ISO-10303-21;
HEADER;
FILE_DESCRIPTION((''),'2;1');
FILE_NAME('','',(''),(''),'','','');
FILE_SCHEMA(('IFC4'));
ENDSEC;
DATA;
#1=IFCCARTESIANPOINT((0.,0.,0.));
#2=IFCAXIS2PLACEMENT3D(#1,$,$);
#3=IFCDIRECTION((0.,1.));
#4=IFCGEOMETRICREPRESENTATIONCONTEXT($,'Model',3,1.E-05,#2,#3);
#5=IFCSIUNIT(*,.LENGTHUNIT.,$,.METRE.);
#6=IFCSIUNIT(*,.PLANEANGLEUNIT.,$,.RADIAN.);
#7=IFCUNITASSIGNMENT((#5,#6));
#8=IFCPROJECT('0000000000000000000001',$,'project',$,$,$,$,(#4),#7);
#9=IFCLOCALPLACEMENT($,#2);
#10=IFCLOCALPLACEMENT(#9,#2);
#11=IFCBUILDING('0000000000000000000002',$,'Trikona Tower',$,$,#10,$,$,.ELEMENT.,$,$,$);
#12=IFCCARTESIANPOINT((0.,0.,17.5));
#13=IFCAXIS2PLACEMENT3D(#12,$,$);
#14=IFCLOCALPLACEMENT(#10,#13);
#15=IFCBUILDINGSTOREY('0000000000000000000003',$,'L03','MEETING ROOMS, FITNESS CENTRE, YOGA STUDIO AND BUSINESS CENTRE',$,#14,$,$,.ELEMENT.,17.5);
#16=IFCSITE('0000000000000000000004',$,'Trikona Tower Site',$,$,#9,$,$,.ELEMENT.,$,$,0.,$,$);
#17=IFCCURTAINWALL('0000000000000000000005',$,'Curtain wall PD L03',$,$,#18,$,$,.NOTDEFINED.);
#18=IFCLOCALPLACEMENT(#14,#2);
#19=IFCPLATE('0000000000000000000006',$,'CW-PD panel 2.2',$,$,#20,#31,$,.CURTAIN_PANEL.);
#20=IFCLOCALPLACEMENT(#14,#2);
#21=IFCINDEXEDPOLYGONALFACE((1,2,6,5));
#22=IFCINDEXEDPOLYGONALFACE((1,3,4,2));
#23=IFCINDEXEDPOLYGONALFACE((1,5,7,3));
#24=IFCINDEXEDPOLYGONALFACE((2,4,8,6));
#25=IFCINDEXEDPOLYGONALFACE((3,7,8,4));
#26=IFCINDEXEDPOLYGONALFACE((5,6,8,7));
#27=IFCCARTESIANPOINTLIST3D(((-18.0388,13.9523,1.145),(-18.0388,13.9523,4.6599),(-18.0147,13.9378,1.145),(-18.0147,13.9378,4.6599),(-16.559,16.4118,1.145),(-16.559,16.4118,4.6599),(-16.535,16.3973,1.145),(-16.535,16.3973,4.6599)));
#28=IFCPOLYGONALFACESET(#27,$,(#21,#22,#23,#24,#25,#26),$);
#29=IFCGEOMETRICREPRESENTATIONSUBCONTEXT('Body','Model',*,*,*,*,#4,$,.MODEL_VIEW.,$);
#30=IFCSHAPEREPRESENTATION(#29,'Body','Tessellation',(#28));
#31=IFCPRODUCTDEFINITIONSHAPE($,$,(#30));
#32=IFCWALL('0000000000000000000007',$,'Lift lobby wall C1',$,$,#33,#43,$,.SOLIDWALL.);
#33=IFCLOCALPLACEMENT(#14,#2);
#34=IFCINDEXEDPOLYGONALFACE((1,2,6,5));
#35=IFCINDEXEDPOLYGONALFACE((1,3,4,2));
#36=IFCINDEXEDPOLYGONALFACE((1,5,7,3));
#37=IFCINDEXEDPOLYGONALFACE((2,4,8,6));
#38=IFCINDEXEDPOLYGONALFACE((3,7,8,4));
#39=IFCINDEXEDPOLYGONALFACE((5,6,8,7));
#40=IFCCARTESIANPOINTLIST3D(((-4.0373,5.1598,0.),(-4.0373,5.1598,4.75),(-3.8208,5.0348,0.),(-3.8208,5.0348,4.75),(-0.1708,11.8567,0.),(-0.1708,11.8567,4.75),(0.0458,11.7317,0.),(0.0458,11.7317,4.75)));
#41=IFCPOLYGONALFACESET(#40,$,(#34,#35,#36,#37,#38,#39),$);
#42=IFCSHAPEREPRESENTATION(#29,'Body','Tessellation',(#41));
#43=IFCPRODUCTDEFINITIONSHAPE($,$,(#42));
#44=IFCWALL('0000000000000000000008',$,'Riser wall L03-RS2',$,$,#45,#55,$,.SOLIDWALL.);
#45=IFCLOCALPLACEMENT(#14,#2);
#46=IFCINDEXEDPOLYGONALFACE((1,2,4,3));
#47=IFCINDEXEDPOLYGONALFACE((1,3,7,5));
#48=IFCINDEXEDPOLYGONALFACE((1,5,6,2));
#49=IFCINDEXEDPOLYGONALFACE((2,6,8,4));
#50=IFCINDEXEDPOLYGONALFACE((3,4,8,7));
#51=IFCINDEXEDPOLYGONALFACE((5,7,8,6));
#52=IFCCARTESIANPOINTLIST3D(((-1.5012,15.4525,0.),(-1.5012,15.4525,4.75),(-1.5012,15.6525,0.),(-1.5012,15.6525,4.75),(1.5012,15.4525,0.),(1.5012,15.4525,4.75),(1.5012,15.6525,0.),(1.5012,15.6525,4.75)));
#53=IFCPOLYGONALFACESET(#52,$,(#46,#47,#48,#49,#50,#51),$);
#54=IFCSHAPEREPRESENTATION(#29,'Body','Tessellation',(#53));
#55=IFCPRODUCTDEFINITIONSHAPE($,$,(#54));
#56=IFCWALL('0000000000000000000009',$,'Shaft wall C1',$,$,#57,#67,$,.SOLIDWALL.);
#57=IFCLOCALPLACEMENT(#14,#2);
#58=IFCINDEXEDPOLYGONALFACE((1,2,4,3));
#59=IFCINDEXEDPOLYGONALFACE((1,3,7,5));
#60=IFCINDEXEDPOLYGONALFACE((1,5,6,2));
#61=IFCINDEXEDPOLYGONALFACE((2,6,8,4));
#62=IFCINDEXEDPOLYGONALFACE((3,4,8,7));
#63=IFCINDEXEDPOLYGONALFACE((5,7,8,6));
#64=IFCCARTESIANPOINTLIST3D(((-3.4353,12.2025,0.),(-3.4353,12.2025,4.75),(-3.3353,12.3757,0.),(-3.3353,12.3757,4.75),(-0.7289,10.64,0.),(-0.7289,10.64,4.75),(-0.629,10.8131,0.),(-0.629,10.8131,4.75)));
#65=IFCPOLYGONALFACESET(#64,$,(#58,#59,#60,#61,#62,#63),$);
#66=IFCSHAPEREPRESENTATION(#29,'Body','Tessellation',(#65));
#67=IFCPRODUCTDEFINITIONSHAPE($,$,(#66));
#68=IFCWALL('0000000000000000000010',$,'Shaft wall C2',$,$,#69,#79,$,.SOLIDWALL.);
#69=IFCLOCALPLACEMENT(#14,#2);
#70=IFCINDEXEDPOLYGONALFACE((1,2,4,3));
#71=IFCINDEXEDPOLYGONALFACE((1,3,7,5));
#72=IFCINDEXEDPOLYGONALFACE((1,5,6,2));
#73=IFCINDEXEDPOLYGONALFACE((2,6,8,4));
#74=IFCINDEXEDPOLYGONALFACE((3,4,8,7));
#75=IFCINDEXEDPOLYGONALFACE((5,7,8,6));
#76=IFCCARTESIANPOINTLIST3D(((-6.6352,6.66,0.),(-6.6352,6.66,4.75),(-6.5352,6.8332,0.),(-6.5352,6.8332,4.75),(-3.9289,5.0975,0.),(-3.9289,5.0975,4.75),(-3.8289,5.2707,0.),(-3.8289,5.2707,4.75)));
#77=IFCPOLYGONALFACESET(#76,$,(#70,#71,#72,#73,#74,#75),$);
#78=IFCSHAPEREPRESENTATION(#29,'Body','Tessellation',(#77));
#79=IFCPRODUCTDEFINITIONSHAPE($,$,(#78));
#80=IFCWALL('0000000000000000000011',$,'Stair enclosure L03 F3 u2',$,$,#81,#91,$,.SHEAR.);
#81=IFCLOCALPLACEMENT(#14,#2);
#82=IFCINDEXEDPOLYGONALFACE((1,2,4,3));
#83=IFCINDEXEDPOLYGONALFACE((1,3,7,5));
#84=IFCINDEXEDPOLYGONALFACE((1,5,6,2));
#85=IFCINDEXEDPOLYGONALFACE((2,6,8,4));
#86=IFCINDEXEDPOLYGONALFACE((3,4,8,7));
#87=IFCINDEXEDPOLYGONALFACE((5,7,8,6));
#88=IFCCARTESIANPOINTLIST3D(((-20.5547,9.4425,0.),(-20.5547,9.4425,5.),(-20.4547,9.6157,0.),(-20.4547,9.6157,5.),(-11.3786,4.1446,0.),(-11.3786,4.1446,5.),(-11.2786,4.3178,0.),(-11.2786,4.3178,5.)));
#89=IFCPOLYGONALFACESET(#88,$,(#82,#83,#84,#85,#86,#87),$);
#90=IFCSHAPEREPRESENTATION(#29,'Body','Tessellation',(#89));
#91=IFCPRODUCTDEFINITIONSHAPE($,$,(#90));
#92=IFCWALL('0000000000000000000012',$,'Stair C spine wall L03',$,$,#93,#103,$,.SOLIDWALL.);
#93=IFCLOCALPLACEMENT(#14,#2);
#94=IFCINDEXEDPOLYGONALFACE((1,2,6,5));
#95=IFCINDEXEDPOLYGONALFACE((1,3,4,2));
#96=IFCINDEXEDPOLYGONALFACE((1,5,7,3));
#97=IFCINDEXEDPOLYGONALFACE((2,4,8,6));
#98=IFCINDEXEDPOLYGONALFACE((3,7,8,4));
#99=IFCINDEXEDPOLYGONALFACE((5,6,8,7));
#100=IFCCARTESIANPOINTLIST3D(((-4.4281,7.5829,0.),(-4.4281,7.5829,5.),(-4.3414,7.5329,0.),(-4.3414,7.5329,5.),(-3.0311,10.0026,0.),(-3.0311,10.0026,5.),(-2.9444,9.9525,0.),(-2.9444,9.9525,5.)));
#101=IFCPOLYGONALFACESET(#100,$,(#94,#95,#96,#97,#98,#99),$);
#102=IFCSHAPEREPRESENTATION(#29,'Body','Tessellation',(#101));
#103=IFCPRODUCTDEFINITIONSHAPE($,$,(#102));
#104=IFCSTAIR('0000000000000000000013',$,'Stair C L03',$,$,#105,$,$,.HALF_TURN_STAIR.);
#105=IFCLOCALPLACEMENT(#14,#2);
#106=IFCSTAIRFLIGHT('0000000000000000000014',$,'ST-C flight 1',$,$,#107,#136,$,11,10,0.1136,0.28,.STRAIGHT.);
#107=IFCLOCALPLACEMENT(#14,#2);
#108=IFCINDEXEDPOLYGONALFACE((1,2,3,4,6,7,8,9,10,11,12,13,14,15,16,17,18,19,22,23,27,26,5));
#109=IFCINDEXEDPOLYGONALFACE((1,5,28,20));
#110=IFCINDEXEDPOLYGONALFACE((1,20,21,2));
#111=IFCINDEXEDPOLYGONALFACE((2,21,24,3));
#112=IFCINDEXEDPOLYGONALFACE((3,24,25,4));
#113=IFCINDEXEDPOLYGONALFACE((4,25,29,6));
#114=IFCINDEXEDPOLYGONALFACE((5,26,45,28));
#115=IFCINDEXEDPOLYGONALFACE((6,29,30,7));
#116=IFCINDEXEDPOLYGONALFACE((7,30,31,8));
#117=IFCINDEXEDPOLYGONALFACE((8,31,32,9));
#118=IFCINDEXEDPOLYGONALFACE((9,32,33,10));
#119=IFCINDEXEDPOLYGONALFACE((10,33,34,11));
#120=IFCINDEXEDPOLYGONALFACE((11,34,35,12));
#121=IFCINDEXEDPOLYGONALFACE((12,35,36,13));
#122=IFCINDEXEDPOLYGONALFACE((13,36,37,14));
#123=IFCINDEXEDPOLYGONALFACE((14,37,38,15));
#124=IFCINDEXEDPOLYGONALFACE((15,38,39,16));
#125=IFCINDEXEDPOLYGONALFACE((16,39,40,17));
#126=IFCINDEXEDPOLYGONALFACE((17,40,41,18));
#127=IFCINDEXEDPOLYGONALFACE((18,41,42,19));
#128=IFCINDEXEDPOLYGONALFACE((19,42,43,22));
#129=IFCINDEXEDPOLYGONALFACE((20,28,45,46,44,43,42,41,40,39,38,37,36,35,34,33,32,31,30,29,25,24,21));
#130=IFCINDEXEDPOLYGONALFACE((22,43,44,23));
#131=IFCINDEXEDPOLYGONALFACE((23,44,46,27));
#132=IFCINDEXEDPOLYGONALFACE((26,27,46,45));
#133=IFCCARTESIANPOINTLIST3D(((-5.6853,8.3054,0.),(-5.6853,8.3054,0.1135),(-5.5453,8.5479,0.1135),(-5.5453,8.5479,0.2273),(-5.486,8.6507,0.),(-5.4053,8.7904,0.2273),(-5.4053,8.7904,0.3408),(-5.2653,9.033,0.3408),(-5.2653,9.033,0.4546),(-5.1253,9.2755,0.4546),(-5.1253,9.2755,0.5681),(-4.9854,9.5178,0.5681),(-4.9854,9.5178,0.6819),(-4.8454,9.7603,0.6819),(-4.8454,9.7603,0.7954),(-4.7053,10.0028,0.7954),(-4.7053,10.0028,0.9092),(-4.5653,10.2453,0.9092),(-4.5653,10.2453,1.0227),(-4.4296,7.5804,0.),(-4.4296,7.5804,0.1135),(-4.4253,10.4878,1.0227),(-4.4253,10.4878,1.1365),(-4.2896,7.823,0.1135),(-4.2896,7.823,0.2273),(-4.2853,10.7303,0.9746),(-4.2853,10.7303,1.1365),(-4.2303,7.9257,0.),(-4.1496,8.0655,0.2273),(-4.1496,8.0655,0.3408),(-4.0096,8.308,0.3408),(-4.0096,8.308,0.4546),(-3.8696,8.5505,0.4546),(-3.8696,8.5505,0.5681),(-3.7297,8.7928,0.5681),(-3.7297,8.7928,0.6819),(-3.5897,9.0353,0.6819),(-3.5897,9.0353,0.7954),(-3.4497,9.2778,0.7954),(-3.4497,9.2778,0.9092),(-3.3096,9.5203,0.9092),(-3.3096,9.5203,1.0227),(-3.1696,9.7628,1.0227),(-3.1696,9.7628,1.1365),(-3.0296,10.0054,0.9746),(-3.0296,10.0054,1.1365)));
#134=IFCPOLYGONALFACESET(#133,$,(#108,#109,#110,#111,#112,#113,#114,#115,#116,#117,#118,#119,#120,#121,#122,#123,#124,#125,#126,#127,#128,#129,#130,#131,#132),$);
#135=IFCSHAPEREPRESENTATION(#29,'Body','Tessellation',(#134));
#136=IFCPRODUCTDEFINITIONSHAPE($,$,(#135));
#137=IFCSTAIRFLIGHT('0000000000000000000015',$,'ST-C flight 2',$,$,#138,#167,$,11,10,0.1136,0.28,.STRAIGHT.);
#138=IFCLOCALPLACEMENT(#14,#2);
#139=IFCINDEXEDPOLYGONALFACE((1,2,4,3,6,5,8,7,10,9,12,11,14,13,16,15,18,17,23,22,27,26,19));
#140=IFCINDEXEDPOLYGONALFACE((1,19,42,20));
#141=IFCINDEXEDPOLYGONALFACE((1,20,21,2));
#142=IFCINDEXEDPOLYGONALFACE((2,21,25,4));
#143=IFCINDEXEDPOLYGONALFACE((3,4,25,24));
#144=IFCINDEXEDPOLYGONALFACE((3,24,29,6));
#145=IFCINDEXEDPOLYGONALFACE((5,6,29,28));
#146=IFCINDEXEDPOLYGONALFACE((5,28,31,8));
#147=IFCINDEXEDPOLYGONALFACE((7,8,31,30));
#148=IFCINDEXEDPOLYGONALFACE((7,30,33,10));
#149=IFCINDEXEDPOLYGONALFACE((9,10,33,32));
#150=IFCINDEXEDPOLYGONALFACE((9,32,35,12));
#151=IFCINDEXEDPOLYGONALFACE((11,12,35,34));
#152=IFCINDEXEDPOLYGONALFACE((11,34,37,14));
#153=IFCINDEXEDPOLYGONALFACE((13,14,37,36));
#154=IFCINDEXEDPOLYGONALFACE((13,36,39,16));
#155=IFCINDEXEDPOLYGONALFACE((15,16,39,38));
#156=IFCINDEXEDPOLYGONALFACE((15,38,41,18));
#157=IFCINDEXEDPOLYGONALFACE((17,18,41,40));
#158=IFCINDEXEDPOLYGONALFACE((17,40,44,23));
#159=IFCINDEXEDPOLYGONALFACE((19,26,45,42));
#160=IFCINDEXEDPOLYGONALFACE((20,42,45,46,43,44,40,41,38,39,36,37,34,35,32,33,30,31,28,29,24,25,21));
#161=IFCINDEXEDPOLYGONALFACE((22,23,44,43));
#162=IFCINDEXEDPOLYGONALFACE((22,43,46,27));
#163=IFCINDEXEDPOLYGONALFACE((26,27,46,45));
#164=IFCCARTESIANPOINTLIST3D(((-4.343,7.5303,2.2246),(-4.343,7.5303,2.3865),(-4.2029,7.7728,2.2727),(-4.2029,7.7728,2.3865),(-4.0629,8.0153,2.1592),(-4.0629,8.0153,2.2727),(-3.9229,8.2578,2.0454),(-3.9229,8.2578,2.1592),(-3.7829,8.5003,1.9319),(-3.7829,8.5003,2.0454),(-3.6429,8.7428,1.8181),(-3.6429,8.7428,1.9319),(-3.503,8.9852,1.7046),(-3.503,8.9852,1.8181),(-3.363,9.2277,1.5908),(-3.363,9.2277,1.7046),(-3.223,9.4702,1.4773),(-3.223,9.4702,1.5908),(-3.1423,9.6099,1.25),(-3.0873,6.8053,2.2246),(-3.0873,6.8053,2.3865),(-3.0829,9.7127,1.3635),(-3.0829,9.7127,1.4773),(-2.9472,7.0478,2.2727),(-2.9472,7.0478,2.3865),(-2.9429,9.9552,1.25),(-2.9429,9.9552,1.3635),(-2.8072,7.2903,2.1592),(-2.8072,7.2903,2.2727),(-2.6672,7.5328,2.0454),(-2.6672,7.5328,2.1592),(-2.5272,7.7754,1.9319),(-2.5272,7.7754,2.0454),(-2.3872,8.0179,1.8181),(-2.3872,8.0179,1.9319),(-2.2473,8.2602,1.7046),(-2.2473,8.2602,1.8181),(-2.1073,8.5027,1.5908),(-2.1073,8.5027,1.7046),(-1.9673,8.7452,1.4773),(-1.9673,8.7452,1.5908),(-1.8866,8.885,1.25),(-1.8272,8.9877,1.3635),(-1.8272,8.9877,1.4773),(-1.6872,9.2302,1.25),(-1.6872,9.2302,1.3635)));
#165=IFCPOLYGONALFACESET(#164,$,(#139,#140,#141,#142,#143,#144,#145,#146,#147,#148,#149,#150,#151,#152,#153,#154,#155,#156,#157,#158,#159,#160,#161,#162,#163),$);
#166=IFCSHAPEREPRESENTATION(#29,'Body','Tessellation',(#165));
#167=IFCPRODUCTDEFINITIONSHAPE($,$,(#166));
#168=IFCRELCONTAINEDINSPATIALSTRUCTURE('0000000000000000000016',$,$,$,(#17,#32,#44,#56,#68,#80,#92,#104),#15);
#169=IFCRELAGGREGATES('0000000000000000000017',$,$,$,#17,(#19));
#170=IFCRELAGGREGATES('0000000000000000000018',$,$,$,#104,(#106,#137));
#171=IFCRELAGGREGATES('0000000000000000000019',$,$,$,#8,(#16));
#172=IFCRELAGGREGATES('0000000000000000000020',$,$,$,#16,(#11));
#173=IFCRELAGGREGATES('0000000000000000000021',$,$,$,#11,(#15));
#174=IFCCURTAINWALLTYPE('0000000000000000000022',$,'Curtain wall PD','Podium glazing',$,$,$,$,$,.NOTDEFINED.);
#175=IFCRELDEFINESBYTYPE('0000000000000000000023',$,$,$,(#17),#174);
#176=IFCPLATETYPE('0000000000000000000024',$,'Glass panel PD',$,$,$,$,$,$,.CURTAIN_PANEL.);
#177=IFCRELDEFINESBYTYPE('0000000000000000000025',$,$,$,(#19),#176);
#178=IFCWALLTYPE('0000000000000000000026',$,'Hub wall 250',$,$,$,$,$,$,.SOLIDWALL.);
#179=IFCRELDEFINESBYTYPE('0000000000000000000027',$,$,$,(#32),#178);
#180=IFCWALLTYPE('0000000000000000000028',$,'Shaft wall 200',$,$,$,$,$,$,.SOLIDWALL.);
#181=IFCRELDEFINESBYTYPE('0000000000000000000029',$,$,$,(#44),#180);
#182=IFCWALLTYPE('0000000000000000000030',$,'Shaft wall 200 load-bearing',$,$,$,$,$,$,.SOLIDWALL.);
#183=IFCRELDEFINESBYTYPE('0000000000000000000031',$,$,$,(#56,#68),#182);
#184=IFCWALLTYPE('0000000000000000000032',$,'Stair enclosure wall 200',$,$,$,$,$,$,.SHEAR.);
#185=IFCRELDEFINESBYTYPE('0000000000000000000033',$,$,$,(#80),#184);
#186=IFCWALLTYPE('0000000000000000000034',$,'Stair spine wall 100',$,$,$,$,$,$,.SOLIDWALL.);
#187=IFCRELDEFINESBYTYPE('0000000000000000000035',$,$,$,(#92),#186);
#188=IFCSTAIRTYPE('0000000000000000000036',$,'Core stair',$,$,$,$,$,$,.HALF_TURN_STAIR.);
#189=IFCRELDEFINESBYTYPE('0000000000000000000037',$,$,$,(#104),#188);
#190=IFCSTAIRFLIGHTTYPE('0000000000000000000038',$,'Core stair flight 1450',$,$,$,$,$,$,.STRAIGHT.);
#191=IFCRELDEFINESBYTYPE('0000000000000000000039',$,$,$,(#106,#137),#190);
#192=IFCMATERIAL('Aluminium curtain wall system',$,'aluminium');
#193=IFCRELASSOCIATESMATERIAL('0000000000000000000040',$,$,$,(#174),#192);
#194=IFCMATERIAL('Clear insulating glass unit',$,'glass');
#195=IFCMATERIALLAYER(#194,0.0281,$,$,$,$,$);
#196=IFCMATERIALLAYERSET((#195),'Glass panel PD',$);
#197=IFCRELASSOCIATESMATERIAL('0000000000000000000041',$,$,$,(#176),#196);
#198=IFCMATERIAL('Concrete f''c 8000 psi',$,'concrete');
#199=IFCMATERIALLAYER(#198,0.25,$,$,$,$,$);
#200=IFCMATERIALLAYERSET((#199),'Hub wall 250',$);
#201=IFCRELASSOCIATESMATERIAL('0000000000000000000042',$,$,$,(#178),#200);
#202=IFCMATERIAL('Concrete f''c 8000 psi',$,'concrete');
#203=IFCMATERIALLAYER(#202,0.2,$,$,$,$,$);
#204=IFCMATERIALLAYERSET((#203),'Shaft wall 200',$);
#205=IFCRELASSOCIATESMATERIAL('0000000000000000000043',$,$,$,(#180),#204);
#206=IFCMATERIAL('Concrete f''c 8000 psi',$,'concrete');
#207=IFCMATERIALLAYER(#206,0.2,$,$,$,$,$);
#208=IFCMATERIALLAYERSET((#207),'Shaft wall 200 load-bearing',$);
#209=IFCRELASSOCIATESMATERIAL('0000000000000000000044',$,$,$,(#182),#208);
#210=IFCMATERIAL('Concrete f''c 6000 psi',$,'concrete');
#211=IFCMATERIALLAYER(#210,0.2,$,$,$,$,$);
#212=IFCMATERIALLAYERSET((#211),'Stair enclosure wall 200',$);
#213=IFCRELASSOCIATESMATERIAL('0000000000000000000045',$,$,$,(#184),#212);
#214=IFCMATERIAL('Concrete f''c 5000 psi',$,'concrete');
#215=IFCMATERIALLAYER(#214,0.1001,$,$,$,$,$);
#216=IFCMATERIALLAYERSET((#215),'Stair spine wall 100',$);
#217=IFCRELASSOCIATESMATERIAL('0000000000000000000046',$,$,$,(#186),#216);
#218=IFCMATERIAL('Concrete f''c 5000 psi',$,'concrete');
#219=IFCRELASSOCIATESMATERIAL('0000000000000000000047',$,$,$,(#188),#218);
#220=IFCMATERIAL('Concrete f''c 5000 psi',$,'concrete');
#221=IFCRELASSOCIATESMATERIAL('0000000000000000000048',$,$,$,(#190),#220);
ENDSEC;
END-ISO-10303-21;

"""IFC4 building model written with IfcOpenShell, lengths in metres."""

from ifc_helpers import new_model, si_unit, direction, frame, frame_2d, origin, origin_2d, place, context, subcontext, project, spatial, polyline, rectangle, outline, extrude, material, layer, layer_set, type_object, element, aggregate, save


model = new_model("IFC4")

# Units and contexts
model_context = context("Model", 3, precision=1e-05, world=origin(), true_north=direction((0.0, 1.0)))
body_context = subcontext(model_context, "Body", "Model", "MODEL_VIEW")
ifc_project = project(units=[si_unit("LENGTHUNIT", "METRE"), si_unit("PLANEANGLEUNIT", "RADIAN")], contexts=[model_context])

# Site, building, storey
site_placement = place(None, origin())
site = spatial("IfcSite", under=ifc_project, at=site_placement, Name="Trikona Tower Site", CompositionType="ELEMENT", RefElevation=0.0)
building_placement = place(site_placement, origin())
building = spatial("IfcBuilding", under=site, at=building_placement, Name="Trikona Tower", CompositionType="ELEMENT")
storey_placement = place(building_placement, frame((0.0, 0.0, 17.5)))
storey = spatial("IfcBuildingStorey", under=building, at=storey_placement, Name="L03", Description="MEETING ROOMS, FITNESS CENTRE, YOGA STUDIO AND BUSINESS CENTRE", CompositionType="ELEMENT", Elevation=17.5)

# Curtain wall
ifc_material_1 = material(Name="Aluminium curtain wall system", Category="aluminium")
curtain_wall_type = type_object("IfcCurtainWallType", Name="Curtain wall PD", Description="Podium glazing", PredefinedType="NOTDEFINED", material=ifc_material_1)
curtain_wall_placement = place(storey_placement, origin())
curtain_wall = element("IfcCurtainWall", 1, at=curtain_wall_placement, inside=storey, type_object=curtain_wall_type, Name="Curtain wall PD L03", PredefinedType="NOTDEFINED")

# Plate
ifc_material_2 = material(Name="Clear insulating glass unit", Category="glass")
ifc_layer_1 = layer(ifc_material_2, 0.0281)
ifc_layer_set_1 = layer_set([ifc_layer_1], Name="Glass panel PD")
plate_type = type_object("IfcPlateType", Name="Glass panel PD", PredefinedType="CURTAIN_PANEL", material=ifc_layer_set_1)
plate_1_placement = place(storey_placement, frame((-17.2869, 15.1748, 1.145), z_axis=(0.0, 0.0, 1.0), x_axis=(-0.515515, -0.85688, 0.0)))
plate_1 = element("IfcPlate", 2, at=plate_1_placement, type_object=plate_type, Name="CW-PD panel 2.2", PredefinedType="CURTAIN_PANEL", context=body_context, shape_type="SweptSolid", body=[
    extrude(rectangle(XDim=2.8704, YDim=0.0281, at=origin_2d()), origin(), (0.0, 0.0, 1.0), 3.5149),
])
aggregate(curtain_wall, [plate_1])

# Walls
ifc_material_3 = material(Name="Concrete f'c 8000 psi", Category="concrete")
ifc_layer_2 = layer(ifc_material_3, 0.25)
ifc_layer_set_2 = layer_set([ifc_layer_2], Name="Hub wall 250")
wall_type_1 = type_object("IfcWallType", Name="Hub wall 250", PredefinedType="SOLIDWALL", material=ifc_layer_set_2)
wall_1_placement = place(storey_placement, frame((-0.0625, 11.7942, 0.0), z_axis=(0.0, 0.0, 1.0), x_axis=(-0.500007, -0.866022, 0.0)))
element("IfcWall", 3, at=wall_1_placement, inside=storey, type_object=wall_type_1, Name="Lift lobby wall C1", PredefinedType="SOLIDWALL", context=body_context, shape_type="SweptSolid", body=[
    extrude(rectangle(XDim=7.7329, YDim=0.25, at=frame_2d((3.8665, 0.0))), origin(), (0.0, 0.0, 1.0), 4.75),
])
ifc_material_4 = material(Name="Concrete f'c 8000 psi", Category="concrete")
ifc_layer_3 = layer(ifc_material_4, 0.2)
ifc_layer_set_3 = layer_set([ifc_layer_3], Name="Shaft wall 200")
wall_type_2 = type_object("IfcWallType", Name="Shaft wall 200", PredefinedType="SOLIDWALL", material=ifc_layer_set_3)
wall_2_placement = place(storey_placement, frame((-1.5012, 15.5525, 0.0), z_axis=(0.0, 0.0, 1.0), x_axis=(1.0, 0.0, 0.0)))
element("IfcWall", 4, at=wall_2_placement, inside=storey, type_object=wall_type_2, Name="Riser wall L03-RS2", PredefinedType="SOLIDWALL", context=body_context, shape_type="SweptSolid", body=[
    extrude(rectangle(XDim=3.0024, YDim=0.2, at=frame_2d((1.5012, 0.0))), origin(), (0.0, 0.0, 1.0), 4.75),
])
ifc_material_5 = material(Name="Concrete f'c 8000 psi", Category="concrete")
ifc_layer_4 = layer(ifc_material_5, 0.2)
ifc_layer_set_4 = layer_set([ifc_layer_4], Name="Shaft wall 200 load-bearing")
wall_type_3 = type_object("IfcWallType", Name="Shaft wall 200 load-bearing", PredefinedType="SOLIDWALL", material=ifc_layer_set_4)
for number, where, z_axis, x_axis, name in (
    (5, (-0.679, 10.7266, 0.0), (0.0, 0.0, 1.0), (-0.866023, 0.500004, 0.0), "Shaft wall C1"),
    (6, (-3.8789, 5.1841, 0.0), (0.0, 0.0, 1.0), (-0.866023, 0.500004, 0.0), "Shaft wall C2"),
):
    element("IfcWall", number, at=place(storey_placement, frame(where, z_axis=z_axis, x_axis=x_axis)), inside=storey, type_object=wall_type_3, Name=name, PredefinedType="SOLIDWALL", context=body_context, shape_type="SweptSolid", body=[
        extrude(rectangle(XDim=3.125, YDim=0.2, at=frame_2d((1.5625, 0.0))), origin(), (0.0, 0.0, 1.0), 4.75),
    ])
ifc_material_6 = material(Name="Concrete f'c 6000 psi", Category="concrete")
ifc_layer_5 = layer(ifc_material_6, 0.2)
ifc_layer_set_5 = layer_set([ifc_layer_5], Name="Stair enclosure wall 200")
wall_type_4 = type_object("IfcWallType", Name="Stair enclosure wall 200", PredefinedType="SHEAR", material=ifc_layer_set_5)
wall_3_placement = place(storey_placement, frame((-11.3286, 4.2312, 0.0), z_axis=(0.0, 0.0, 1.0), x_axis=(-0.866023, 0.500005, 0.0)))
element("IfcWall", 7, at=wall_3_placement, inside=storey, type_object=wall_type_4, Name="Stair enclosure L03 F3 u2", PredefinedType="SHEAR", context=body_context, shape_type="SweptSolid", body=[
    extrude(rectangle(XDim=10.5957, YDim=0.2, at=frame_2d((5.2979, 0.0))), origin(), (0.0, 0.0, 1.0), 5.0),
])
ifc_material_7 = material(Name="Concrete f'c 5000 psi", Category="concrete")
ifc_layer_6 = layer(ifc_material_7, 0.1001)
ifc_layer_set_6 = layer_set([ifc_layer_6], Name="Stair spine wall 100")
wall_type_5 = type_object("IfcWallType", Name="Stair spine wall 100", PredefinedType="SOLIDWALL", material=ifc_layer_set_6)
wall_4_placement = place(storey_placement, frame((-2.9878, 9.9775, 0.0), z_axis=(0.0, 0.0, 1.0), x_axis=(-0.499992, -0.86603, 0.0)))
element("IfcWall", 8, at=wall_4_placement, inside=storey, type_object=wall_type_5, Name="Stair C spine wall L03", PredefinedType="SOLIDWALL", context=body_context, shape_type="SweptSolid", body=[
    extrude(rectangle(XDim=2.7939, YDim=0.1001, at=frame_2d((1.397, 0.0))), origin(), (0.0, 0.0, 1.0), 5.0),
])

# Stair, stair flights
ifc_material_8 = material(Name="Concrete f'c 5000 psi", Category="concrete")
stair_type = type_object("IfcStairType", Name="Core stair", PredefinedType="HALF_TURN_STAIR", material=ifc_material_8)
stair_placement = place(storey_placement, origin())
stair = element("IfcStair", 9, at=stair_placement, inside=storey, type_object=stair_type, Name="Stair C L03", PredefinedType="HALF_TURN_STAIR")
ifc_material_9 = material(Name="Concrete f'c 5000 psi", Category="concrete")
stair_flight_type = type_object("IfcStairFlightType", Name="Core stair flight 1450", PredefinedType="STRAIGHT", material=ifc_material_9)
stair_flight_1_placement = place(storey_placement, frame((-5.0574, 7.9429, 0.0), z_axis=(0.0, 0.0, 1.0), x_axis=(0.5, 0.866025, 0.0)))
stair_flight_1 = element("IfcStairFlight", 10, at=stair_flight_1_placement, type_object=stair_flight_type, Name="ST-C flight 1", NumberOfRisers=11, NumberOfTreads=10, PredefinedType="STRAIGHT", RiserHeight=0.1136, TreadLength=0.28, context=body_context, shape_type="SweptSolid", body=[
    extrude(outline(polyline([(0.0, 0.0), (0.0, 0.1135), (0.28, 0.1135), (0.28, 0.2273), (0.5601, 0.2273), (0.5601, 0.3408), (0.8401, 0.3408), (0.8401, 0.4546), (1.1201, 0.4546), (1.1201, 0.5681), (1.3999, 0.5681), (1.3999, 0.6819), (1.6799, 0.6819), (1.6799, 0.7954), (1.96, 0.7954), (1.96, 0.9092), (2.24, 0.9092), (2.24, 1.0227), (2.52, 1.0227), (2.52, 1.1365), (2.8, 1.1365), (2.8, 1.25), (2.8, 0.9746), (0.3987, 0.0), (0.0, 0.0)])), frame((0.0, 0.7251, 0.0), z_axis=(0.0, -1.0, 0.0), x_axis=(1.0, 0.0, 0.0)), (0.0, 0.0, 1.0), 1.45),
])
stair_flight_2_placement = place(storey_placement, frame((-2.3152, 9.5928, 1.25), z_axis=(0.0, 0.0, 1.0), x_axis=(-0.5, -0.866025, 0.0)))
stair_flight_2 = element("IfcStairFlight", 11, at=stair_flight_2_placement, type_object=stair_flight_type, Name="ST-C flight 2", NumberOfRisers=11, NumberOfTreads=10, PredefinedType="STRAIGHT", RiserHeight=0.1136, TreadLength=0.28, context=body_context, shape_type="SweptSolid", body=[
    extrude(outline(polyline([(0.0, 0.0), (0.0, 0.1135), (0.28, 0.1135), (0.28, 0.2273), (0.5601, 0.2273), (0.5601, 0.3408), (0.8401, 0.3408), (0.8401, 0.4546), (1.1201, 0.4546), (1.1201, 0.5681), (1.3999, 0.5681), (1.3999, 0.6819), (1.6799, 0.6819), (1.6799, 0.7954), (1.96, 0.7954), (1.96, 0.9092), (2.24, 0.9092), (2.24, 1.0227), (2.52, 1.0227), (2.52, 1.1365), (2.8, 1.1365), (2.8, 1.25), (2.8, 0.9746), (0.3987, 0.0), (0.0, 0.0)])), frame((0.0, 0.7251, 0.0), z_axis=(0.0, -1.0, 0.0), x_axis=(1.0, 0.0, 0.0)), (0.0, 0.0, 1.0), 1.45),
])
aggregate(stair, [stair_flight_1, stair_flight_2])

save(model, "model.ifc")
